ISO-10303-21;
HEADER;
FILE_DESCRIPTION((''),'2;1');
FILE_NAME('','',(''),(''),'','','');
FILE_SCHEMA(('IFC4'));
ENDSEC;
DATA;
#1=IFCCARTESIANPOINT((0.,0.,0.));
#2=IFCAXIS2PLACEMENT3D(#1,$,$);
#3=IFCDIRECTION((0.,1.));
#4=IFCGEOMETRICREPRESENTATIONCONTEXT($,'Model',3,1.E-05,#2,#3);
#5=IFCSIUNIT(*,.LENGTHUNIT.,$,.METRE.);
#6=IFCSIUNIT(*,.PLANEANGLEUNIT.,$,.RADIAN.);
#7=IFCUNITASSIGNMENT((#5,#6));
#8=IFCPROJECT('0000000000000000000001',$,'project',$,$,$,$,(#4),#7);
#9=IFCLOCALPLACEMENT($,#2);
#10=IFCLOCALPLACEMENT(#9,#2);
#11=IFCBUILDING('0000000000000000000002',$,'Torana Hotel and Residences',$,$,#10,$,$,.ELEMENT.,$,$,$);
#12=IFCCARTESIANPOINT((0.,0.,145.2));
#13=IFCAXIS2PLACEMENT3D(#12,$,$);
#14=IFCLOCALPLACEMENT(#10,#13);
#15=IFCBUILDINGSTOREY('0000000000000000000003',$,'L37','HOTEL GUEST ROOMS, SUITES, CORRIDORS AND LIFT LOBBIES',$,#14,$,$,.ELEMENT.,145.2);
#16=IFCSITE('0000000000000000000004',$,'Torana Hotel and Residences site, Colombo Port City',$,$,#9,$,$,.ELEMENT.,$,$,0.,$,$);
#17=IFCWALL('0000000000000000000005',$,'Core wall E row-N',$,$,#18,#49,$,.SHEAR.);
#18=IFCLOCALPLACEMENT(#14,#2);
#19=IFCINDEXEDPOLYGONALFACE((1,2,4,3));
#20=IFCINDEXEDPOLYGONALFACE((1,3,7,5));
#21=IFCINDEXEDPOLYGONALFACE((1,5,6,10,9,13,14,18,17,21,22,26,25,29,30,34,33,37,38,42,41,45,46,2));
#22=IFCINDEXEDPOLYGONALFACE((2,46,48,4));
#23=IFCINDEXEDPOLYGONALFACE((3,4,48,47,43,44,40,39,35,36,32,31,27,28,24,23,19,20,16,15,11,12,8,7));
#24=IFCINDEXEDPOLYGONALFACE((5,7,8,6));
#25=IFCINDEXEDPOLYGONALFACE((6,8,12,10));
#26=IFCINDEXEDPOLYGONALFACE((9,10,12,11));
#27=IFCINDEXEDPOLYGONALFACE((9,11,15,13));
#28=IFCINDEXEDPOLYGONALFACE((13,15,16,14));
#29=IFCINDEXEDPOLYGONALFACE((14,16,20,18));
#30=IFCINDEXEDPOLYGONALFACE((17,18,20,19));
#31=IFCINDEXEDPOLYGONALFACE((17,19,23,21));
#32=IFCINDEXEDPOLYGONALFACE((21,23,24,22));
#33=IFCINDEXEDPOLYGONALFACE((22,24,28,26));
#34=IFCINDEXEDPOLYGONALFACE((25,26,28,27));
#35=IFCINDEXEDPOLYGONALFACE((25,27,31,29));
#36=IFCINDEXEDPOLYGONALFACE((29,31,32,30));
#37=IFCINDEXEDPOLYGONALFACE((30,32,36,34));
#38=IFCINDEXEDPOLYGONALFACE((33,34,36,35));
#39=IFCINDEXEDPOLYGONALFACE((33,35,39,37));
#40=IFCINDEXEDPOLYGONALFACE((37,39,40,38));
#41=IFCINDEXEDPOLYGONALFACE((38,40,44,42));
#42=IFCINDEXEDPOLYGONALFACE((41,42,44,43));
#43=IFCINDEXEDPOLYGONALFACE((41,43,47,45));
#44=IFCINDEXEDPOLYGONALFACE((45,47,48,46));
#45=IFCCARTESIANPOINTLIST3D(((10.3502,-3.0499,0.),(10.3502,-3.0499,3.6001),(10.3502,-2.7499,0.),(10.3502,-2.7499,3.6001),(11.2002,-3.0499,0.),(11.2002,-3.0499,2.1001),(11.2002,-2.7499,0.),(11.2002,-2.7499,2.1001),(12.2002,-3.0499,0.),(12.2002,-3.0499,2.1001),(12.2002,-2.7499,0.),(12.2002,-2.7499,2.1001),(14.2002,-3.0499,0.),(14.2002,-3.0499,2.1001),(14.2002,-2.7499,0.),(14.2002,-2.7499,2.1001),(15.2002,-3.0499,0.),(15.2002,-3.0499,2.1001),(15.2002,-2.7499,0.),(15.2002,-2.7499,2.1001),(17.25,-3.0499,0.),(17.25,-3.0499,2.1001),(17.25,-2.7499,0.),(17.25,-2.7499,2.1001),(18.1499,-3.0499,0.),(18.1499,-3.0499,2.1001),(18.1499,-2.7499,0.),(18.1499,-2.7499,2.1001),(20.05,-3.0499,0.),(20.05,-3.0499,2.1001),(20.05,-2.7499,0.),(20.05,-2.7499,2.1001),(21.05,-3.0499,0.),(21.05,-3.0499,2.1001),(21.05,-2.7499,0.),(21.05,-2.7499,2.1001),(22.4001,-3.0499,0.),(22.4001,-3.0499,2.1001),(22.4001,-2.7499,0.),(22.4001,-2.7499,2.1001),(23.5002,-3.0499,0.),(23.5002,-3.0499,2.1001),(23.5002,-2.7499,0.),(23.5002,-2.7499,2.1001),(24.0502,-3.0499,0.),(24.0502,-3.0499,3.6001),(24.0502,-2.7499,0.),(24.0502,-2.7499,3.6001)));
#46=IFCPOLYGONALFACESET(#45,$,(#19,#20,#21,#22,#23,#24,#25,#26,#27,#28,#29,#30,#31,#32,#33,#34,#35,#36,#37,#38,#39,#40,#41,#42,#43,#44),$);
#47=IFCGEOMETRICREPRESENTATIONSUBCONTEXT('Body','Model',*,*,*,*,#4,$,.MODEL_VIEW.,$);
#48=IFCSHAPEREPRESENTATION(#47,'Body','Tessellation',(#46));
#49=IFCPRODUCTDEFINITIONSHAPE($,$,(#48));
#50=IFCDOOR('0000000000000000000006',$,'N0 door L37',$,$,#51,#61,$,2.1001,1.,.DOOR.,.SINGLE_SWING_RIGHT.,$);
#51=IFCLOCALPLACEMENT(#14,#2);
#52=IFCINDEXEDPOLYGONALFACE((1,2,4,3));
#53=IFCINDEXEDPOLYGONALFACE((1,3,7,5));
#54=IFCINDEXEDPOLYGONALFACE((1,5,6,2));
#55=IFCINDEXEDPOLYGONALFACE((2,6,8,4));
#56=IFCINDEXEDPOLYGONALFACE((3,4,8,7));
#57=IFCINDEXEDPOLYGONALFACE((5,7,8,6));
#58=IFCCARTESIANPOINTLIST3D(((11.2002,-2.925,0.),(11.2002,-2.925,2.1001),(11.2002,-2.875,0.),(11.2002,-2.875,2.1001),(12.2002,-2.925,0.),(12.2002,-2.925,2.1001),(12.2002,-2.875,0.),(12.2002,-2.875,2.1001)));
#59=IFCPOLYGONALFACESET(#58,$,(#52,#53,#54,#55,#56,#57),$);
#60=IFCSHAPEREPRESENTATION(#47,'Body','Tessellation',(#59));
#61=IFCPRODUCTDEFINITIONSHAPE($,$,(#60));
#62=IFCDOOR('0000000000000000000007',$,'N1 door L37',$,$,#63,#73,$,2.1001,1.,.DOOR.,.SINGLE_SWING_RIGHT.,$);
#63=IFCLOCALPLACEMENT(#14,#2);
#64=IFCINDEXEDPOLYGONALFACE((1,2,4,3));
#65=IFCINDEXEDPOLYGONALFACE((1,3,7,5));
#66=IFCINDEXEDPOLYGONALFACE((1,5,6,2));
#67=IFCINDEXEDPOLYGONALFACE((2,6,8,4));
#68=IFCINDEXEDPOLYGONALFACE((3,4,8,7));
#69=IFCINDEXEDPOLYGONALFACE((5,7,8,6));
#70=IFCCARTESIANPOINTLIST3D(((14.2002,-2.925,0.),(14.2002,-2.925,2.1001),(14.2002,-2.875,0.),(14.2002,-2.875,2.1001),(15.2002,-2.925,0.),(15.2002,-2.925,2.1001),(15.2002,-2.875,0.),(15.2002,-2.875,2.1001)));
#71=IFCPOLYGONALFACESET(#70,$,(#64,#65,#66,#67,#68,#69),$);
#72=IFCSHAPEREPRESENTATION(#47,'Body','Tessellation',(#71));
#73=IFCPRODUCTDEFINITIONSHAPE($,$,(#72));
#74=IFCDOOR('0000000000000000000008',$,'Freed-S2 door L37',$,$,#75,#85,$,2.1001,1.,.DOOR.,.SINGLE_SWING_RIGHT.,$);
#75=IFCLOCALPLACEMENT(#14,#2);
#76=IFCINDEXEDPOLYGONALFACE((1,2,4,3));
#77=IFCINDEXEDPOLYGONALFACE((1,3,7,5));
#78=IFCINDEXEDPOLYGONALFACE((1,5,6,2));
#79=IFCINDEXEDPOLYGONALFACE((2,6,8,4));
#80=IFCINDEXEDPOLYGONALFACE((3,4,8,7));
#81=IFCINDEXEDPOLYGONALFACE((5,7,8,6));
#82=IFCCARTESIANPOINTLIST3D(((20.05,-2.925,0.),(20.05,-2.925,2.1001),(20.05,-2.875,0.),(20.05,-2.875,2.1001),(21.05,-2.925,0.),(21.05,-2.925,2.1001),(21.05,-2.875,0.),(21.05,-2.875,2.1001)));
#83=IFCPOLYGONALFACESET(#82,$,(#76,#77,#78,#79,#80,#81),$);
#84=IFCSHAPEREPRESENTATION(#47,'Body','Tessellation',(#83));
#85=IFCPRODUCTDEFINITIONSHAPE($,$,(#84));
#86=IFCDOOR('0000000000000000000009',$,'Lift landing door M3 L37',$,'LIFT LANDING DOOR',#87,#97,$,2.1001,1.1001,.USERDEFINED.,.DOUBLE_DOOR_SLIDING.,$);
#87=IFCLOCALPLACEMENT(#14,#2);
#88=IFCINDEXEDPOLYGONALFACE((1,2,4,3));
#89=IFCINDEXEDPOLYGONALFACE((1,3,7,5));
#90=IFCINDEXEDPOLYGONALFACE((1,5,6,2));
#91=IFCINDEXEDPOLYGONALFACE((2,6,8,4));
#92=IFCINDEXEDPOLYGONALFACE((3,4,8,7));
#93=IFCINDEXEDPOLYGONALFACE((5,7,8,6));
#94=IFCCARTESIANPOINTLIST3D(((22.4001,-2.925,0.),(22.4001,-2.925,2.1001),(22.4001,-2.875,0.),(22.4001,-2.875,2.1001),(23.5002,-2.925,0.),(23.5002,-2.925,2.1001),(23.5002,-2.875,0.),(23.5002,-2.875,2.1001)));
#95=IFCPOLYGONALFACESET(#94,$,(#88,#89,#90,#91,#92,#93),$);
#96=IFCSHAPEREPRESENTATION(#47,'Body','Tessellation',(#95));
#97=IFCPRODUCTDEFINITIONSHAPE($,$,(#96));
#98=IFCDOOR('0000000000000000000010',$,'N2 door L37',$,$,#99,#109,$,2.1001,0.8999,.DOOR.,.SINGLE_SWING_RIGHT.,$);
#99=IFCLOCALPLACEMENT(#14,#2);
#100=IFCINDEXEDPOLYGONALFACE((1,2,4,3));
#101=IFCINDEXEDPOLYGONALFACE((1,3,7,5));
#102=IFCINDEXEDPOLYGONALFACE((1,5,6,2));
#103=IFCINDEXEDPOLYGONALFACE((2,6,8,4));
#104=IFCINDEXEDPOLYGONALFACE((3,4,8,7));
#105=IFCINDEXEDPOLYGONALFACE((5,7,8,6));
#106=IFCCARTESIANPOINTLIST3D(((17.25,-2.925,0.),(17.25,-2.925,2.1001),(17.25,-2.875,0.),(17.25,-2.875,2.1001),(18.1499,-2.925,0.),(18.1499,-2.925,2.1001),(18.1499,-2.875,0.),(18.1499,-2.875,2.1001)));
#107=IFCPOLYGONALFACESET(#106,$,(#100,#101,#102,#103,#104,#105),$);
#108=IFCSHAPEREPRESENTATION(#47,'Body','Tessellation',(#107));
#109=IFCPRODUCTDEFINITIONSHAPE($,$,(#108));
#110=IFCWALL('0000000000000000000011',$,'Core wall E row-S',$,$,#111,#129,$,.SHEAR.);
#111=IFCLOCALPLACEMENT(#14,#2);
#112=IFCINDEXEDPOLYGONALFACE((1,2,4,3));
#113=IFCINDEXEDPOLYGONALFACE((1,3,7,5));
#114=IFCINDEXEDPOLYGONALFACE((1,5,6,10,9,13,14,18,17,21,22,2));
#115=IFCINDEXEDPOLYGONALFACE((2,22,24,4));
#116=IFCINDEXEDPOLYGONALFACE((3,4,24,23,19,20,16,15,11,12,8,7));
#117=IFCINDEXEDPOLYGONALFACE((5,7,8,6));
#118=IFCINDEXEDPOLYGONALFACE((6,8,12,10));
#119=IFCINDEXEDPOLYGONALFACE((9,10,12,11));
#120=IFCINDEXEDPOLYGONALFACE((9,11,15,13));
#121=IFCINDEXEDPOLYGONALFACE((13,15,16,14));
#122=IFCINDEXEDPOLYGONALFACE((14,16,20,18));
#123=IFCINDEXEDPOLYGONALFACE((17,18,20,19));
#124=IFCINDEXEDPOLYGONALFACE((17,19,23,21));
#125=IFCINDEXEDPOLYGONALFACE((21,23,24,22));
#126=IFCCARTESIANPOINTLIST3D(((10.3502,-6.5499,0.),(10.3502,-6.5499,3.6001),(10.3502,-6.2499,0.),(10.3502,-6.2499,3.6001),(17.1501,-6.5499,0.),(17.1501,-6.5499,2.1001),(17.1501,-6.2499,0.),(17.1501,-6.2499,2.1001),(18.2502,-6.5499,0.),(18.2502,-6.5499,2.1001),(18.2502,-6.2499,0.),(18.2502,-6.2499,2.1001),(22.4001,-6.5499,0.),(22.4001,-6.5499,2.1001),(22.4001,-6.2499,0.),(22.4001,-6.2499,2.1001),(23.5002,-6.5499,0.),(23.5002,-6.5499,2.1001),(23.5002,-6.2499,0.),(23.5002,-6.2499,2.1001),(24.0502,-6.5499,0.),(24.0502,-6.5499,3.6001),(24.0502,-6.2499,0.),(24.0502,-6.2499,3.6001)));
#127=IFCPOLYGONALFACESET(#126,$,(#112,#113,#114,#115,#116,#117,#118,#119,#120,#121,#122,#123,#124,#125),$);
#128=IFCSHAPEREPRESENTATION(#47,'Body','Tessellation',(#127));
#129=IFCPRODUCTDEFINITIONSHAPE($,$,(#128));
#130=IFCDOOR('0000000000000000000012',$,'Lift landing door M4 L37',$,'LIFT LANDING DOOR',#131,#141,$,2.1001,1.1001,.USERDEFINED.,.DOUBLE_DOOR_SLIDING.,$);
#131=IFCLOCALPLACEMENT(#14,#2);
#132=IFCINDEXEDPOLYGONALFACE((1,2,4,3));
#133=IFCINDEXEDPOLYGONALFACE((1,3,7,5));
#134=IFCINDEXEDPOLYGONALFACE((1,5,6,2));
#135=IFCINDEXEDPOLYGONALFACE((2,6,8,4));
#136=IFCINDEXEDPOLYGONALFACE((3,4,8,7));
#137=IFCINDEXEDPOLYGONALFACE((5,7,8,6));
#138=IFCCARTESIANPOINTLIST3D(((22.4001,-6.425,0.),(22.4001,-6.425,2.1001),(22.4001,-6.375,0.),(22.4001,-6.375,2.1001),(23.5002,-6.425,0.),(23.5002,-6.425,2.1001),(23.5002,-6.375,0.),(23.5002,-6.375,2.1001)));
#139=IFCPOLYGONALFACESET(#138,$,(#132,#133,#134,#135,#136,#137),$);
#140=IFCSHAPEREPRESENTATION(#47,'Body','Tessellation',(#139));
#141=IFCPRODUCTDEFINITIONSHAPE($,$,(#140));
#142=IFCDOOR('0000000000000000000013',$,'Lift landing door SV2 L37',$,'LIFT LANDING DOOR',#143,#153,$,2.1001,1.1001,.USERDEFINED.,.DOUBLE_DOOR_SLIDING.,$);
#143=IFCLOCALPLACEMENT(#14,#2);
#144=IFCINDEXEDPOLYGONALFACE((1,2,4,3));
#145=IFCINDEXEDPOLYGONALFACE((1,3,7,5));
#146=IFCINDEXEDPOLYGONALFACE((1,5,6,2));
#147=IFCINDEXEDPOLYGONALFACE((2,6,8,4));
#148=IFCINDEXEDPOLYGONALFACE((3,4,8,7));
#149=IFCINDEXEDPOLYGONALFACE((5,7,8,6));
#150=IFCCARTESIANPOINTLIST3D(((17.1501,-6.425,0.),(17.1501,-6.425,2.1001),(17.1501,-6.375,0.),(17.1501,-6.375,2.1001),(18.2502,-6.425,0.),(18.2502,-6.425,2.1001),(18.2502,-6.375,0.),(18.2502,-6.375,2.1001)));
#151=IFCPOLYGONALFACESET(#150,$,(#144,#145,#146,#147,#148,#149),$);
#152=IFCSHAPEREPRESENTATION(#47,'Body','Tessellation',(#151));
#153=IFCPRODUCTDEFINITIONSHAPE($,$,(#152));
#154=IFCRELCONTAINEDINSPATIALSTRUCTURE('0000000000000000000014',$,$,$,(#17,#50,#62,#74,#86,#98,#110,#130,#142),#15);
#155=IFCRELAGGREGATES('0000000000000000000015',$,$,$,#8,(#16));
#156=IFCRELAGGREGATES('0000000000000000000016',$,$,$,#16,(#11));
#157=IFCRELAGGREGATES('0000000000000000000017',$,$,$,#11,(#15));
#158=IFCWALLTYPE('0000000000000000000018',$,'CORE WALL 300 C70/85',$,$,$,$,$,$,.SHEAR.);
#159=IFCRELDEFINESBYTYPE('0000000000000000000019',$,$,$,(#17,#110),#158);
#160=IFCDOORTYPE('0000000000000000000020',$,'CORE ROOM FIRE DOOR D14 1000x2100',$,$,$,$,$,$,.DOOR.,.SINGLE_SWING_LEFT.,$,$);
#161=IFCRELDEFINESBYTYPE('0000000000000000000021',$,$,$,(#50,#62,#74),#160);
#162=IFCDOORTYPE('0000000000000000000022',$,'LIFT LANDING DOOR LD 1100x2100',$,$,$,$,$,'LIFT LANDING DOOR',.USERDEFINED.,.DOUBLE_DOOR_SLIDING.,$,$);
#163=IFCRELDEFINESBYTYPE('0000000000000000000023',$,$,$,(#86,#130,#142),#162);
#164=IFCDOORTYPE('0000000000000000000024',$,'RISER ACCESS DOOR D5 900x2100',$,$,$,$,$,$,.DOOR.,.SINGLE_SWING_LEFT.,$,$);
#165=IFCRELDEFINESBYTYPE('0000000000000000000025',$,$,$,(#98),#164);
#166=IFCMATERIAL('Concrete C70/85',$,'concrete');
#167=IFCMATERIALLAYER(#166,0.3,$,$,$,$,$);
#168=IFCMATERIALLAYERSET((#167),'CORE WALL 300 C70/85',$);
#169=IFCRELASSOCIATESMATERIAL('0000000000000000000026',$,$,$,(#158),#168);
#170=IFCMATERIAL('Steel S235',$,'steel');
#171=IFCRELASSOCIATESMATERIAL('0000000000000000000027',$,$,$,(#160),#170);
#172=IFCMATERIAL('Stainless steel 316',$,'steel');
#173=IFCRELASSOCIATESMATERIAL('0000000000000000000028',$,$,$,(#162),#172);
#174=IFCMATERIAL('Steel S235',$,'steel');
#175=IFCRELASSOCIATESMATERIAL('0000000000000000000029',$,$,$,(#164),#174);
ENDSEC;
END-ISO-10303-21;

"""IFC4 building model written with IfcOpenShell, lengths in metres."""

from ifc_helpers import new_model, si_unit, direction, frame, frame_2d, origin, place, context, subcontext, project, spatial, rectangle, extrude, material, layer, layer_set, type_object, element, fill, save


model = new_model("IFC4")

# Units and contexts
model_context = context("Model", 3, precision=1e-05, world=origin(), true_north=direction((0.0, 1.0)))
body_context = subcontext(model_context, "Body", "Model", "MODEL_VIEW")
ifc_project = project(units=[si_unit("LENGTHUNIT", "METRE"), si_unit("PLANEANGLEUNIT", "RADIAN")], contexts=[model_context])

# Site, building, storey
site_placement = place(None, origin())
site = spatial("IfcSite", under=ifc_project, at=site_placement, Name="Torana Hotel and Residences site, Colombo Port City", CompositionType="ELEMENT", RefElevation=0.0)
building_placement = place(site_placement, origin())
building = spatial("IfcBuilding", under=site, at=building_placement, Name="Torana Hotel and Residences", CompositionType="ELEMENT")
storey_placement = place(building_placement, frame((0.0, 0.0, 145.2)))
storey = spatial("IfcBuildingStorey", under=building, at=storey_placement, Name="L37", Description="HOTEL GUEST ROOMS, SUITES, CORRIDORS AND LIFT LOBBIES", CompositionType="ELEMENT", Elevation=145.2)

# Walls, openings, doors
ifc_material_1 = material(Name="Concrete C70/85", Category="concrete")
ifc_layer_1 = layer(ifc_material_1, 0.3)
ifc_layer_set_1 = layer_set([ifc_layer_1], Name="CORE WALL 300 C70/85")
wall_type_1 = type_object("IfcWallType", Name="CORE WALL 300 C70/85", PredefinedType="SHEAR", material=ifc_layer_set_1)
wall_1_placement = place(storey_placement, frame((10.3501, -2.8999, 0.0), z_axis=(0.0, 0.0, 1.0), x_axis=(1.0, 0.0, 0.0)))
wall_1 = element("IfcWall", 1, at=wall_1_placement, inside=storey, type_object=wall_type_1, Name="Core wall E row-N", PredefinedType="SHEAR", context=body_context, shape_type="SweptSolid", body=[
    extrude(rectangle(XDim=13.7, YDim=0.3, at=frame_2d((6.8501, 0.0))), origin(), (0.0, 0.0, 1.0), 3.6001),
])
opening_1_placement = place(wall_1_placement, frame((12.05, 0.0, 0.0)))
opening_1 = element("IfcOpeningElement", 2, at=opening_1_placement, cuts=wall_1, PredefinedType="OPENING", context=body_context, shape_type="SweptSolid", body=[
    extrude(rectangle(XDim=1.1001, YDim=2.1001, at=frame_2d((0.55, 1.05))), frame((0.0, 0.1599, 0.0), z_axis=(0.0, -1.0, 0.0), x_axis=(1.0, 0.0, 0.0)), (0.0, 0.0, 1.0), 0.3201),
])
opening_2_placement = place(wall_1_placement, frame((6.8999, 0.0, 0.0)))
opening_2 = element("IfcOpeningElement", 3, at=opening_2_placement, cuts=wall_1, PredefinedType="OPENING", context=body_context, shape_type="SweptSolid", body=[
    extrude(rectangle(XDim=0.8999, YDim=2.1001, at=frame_2d((0.45, 1.05))), frame((0.0, 0.1599, 0.0), z_axis=(0.0, -1.0, 0.0), x_axis=(1.0, 0.0, 0.0)), (0.0, 0.0, 1.0), 0.3201),
])
opening_3_placement = place(wall_1_placement, frame((0.8501, 0.0, 0.0)))
opening_3 = element("IfcOpeningElement", 4, at=opening_3_placement, cuts=wall_1, PredefinedType="OPENING", context=body_context, shape_type="SweptSolid", body=[
    extrude(rectangle(XDim=1.0, YDim=2.1001, at=frame_2d((0.5, 1.05))), frame((0.0, 0.1599, 0.0), z_axis=(0.0, -1.0, 0.0), x_axis=(1.0, 0.0, 0.0)), (0.0, 0.0, 1.0), 0.3201),
])
opening_4_placement = place(wall_1_placement, frame((3.8501, 0.0, 0.0)))
opening_4 = element("IfcOpeningElement", 5, at=opening_4_placement, cuts=wall_1, PredefinedType="OPENING", context=body_context, shape_type="SweptSolid", body=[
    extrude(rectangle(XDim=1.0, YDim=2.1001, at=frame_2d((0.5, 1.05))), frame((0.0, 0.1599, 0.0), z_axis=(0.0, -1.0, 0.0), x_axis=(1.0, 0.0, 0.0)), (0.0, 0.0, 1.0), 0.3201),
])
opening_5_placement = place(wall_1_placement, frame((9.7, 0.0, 0.0)))
opening_5 = element("IfcOpeningElement", 6, at=opening_5_placement, cuts=wall_1, PredefinedType="OPENING", context=body_context, shape_type="SweptSolid", body=[
    extrude(rectangle(XDim=1.0, YDim=2.1001, at=frame_2d((0.5, 1.05))), frame((0.0, 0.1599, 0.0), z_axis=(0.0, -1.0, 0.0), x_axis=(1.0, 0.0, 0.0)), (0.0, 0.0, 1.0), 0.3201),
])
ifc_material_2 = material(Name="Steel S235", Category="steel")
door_type_1 = type_object("IfcDoorType", Name="CORE ROOM FIRE DOOR D14 1000x2100", OperationType="SINGLE_SWING_LEFT", PredefinedType="DOOR", material=ifc_material_2)
door_1_placement = place(opening_3_placement, origin())
door_1 = element("IfcDoor", 7, at=door_1_placement, inside=storey, type_object=door_type_1, Name="N0 door L37", OperationType="SINGLE_SWING_RIGHT", OverallHeight=2.1001, OverallWidth=1.0, PredefinedType="DOOR", context=body_context, shape_type="SweptSolid", body=[
    extrude(rectangle(XDim=1.0, YDim=2.1001, at=frame_2d((0.5, 1.05))), frame((0.0, 0.0249, 0.0), z_axis=(0.0, -1.0, 0.0), x_axis=(1.0, 0.0, 0.0)), (0.0, 0.0, 1.0), 0.05),
])
fill(opening_3, door_1)
door_2_placement = place(opening_4_placement, origin())
door_2 = element("IfcDoor", 8, at=door_2_placement, inside=storey, type_object=door_type_1, Name="N1 door L37", OperationType="SINGLE_SWING_RIGHT", OverallHeight=2.1001, OverallWidth=1.0, PredefinedType="DOOR", context=body_context, shape_type="SweptSolid", body=[
    extrude(rectangle(XDim=1.0, YDim=2.1001, at=frame_2d((0.5, 1.05))), frame((0.0, 0.0249, 0.0), z_axis=(0.0, -1.0, 0.0), x_axis=(1.0, 0.0, 0.0)), (0.0, 0.0, 1.0), 0.05),
])
fill(opening_4, door_2)
door_3_placement = place(opening_5_placement, origin())
door_3 = element("IfcDoor", 9, at=door_3_placement, inside=storey, type_object=door_type_1, Name="Freed-S2 door L37", OperationType="SINGLE_SWING_RIGHT", OverallHeight=2.1001, OverallWidth=1.0, PredefinedType="DOOR", context=body_context, shape_type="SweptSolid", body=[
    extrude(rectangle(XDim=1.0, YDim=2.1001, at=frame_2d((0.5, 1.05))), frame((0.0, 0.0249, 0.0), z_axis=(0.0, -1.0, 0.0), x_axis=(1.0, 0.0, 0.0)), (0.0, 0.0, 1.0), 0.05),
])
fill(opening_5, door_3)
ifc_material_3 = material(Name="Stainless steel 316", Category="steel")
door_type_2 = type_object("IfcDoorType", Name="LIFT LANDING DOOR LD 1100x2100", ElementType="LIFT LANDING DOOR", OperationType="DOUBLE_DOOR_SLIDING", PredefinedType="USERDEFINED", material=ifc_material_3)
door_4_placement = place(opening_1_placement, origin())
door_4 = element("IfcDoor", 10, at=door_4_placement, inside=storey, type_object=door_type_2, Name="Lift landing door M3 L37", ObjectType="LIFT LANDING DOOR", OperationType="DOUBLE_DOOR_SLIDING", OverallHeight=2.1001, OverallWidth=1.1001, PredefinedType="USERDEFINED", context=body_context, shape_type="SweptSolid", body=[
    extrude(rectangle(XDim=1.1001, YDim=2.1001, at=frame_2d((0.55, 1.05))), frame((0.0, 0.0249, 0.0), z_axis=(0.0, -1.0, 0.0), x_axis=(1.0, 0.0, 0.0)), (0.0, 0.0, 1.0), 0.05),
])
fill(opening_1, door_4)
ifc_material_4 = material(Name="Steel S235", Category="steel")
door_type_3 = type_object("IfcDoorType", Name="RISER ACCESS DOOR D5 900x2100", OperationType="SINGLE_SWING_LEFT", PredefinedType="DOOR", material=ifc_material_4)
door_5_placement = place(opening_2_placement, origin())
door_5 = element("IfcDoor", 11, at=door_5_placement, inside=storey, type_object=door_type_3, Name="N2 door L37", OperationType="SINGLE_SWING_RIGHT", OverallHeight=2.1001, OverallWidth=0.8999, PredefinedType="DOOR", context=body_context, shape_type="SweptSolid", body=[
    extrude(rectangle(XDim=0.8999, YDim=2.1001, at=frame_2d((0.45, 1.05))), frame((0.0, 0.0249, 0.0), z_axis=(0.0, -1.0, 0.0), x_axis=(1.0, 0.0, 0.0)), (0.0, 0.0, 1.0), 0.05),
])
fill(opening_2, door_5)
wall_2_placement = place(storey_placement, frame((10.3501, -6.3999, 0.0), z_axis=(0.0, 0.0, 1.0), x_axis=(1.0, 0.0, 0.0)))
wall_2 = element("IfcWall", 12, at=wall_2_placement, inside=storey, type_object=wall_type_1, Name="Core wall E row-S", PredefinedType="SHEAR", context=body_context, shape_type="SweptSolid", body=[
    extrude(rectangle(XDim=13.7, YDim=0.3, at=frame_2d((6.8501, 0.0))), origin(), (0.0, 0.0, 1.0), 3.6001),
])
opening_6_placement = place(wall_2_placement, frame((12.05, 0.0, 0.0)))
opening_6 = element("IfcOpeningElement", 13, at=opening_6_placement, cuts=wall_2, PredefinedType="OPENING", context=body_context, shape_type="SweptSolid", body=[
    extrude(rectangle(XDim=1.1001, YDim=2.1001, at=frame_2d((0.55, 1.05))), frame((0.0, 0.1599, 0.0), z_axis=(0.0, -1.0, 0.0), x_axis=(1.0, 0.0, 0.0)), (0.0, 0.0, 1.0), 0.3201),
])
opening_7_placement = place(wall_2_placement, frame((6.8, 0.0, 0.0)))
opening_7 = element("IfcOpeningElement", 14, at=opening_7_placement, cuts=wall_2, PredefinedType="OPENING", context=body_context, shape_type="SweptSolid", body=[
    extrude(rectangle(XDim=1.1001, YDim=2.1001, at=frame_2d((0.55, 1.05))), frame((0.0, 0.1599, 0.0), z_axis=(0.0, -1.0, 0.0), x_axis=(1.0, 0.0, 0.0)), (0.0, 0.0, 1.0), 0.3201),
])
door_6_placement = place(opening_6_placement, origin())
door_6 = element("IfcDoor", 15, at=door_6_placement, inside=storey, type_object=door_type_2, Name="Lift landing door M4 L37", ObjectType="LIFT LANDING DOOR", OperationType="DOUBLE_DOOR_SLIDING", OverallHeight=2.1001, OverallWidth=1.1001, PredefinedType="USERDEFINED", context=body_context, shape_type="SweptSolid", body=[
    extrude(rectangle(XDim=1.1001, YDim=2.1001, at=frame_2d((0.55, 1.05))), frame((0.0, 0.0249, 0.0), z_axis=(0.0, -1.0, 0.0), x_axis=(1.0, 0.0, 0.0)), (0.0, 0.0, 1.0), 0.05),
])
fill(opening_6, door_6)
door_7_placement = place(opening_7_placement, origin())
door_7 = element("IfcDoor", 16, at=door_7_placement, inside=storey, type_object=door_type_2, Name="Lift landing door SV2 L37", ObjectType="LIFT LANDING DOOR", OperationType="DOUBLE_DOOR_SLIDING", OverallHeight=2.1001, OverallWidth=1.1001, PredefinedType="USERDEFINED", context=body_context, shape_type="SweptSolid", body=[
    extrude(rectangle(XDim=1.1001, YDim=2.1001, at=frame_2d((0.55, 1.05))), frame((0.0, 0.0249, 0.0), z_axis=(0.0, -1.0, 0.0), x_axis=(1.0, 0.0, 0.0)), (0.0, 0.0, 1.0), 0.05),
])
fill(opening_7, door_7)

save(model, "model.ifc")
